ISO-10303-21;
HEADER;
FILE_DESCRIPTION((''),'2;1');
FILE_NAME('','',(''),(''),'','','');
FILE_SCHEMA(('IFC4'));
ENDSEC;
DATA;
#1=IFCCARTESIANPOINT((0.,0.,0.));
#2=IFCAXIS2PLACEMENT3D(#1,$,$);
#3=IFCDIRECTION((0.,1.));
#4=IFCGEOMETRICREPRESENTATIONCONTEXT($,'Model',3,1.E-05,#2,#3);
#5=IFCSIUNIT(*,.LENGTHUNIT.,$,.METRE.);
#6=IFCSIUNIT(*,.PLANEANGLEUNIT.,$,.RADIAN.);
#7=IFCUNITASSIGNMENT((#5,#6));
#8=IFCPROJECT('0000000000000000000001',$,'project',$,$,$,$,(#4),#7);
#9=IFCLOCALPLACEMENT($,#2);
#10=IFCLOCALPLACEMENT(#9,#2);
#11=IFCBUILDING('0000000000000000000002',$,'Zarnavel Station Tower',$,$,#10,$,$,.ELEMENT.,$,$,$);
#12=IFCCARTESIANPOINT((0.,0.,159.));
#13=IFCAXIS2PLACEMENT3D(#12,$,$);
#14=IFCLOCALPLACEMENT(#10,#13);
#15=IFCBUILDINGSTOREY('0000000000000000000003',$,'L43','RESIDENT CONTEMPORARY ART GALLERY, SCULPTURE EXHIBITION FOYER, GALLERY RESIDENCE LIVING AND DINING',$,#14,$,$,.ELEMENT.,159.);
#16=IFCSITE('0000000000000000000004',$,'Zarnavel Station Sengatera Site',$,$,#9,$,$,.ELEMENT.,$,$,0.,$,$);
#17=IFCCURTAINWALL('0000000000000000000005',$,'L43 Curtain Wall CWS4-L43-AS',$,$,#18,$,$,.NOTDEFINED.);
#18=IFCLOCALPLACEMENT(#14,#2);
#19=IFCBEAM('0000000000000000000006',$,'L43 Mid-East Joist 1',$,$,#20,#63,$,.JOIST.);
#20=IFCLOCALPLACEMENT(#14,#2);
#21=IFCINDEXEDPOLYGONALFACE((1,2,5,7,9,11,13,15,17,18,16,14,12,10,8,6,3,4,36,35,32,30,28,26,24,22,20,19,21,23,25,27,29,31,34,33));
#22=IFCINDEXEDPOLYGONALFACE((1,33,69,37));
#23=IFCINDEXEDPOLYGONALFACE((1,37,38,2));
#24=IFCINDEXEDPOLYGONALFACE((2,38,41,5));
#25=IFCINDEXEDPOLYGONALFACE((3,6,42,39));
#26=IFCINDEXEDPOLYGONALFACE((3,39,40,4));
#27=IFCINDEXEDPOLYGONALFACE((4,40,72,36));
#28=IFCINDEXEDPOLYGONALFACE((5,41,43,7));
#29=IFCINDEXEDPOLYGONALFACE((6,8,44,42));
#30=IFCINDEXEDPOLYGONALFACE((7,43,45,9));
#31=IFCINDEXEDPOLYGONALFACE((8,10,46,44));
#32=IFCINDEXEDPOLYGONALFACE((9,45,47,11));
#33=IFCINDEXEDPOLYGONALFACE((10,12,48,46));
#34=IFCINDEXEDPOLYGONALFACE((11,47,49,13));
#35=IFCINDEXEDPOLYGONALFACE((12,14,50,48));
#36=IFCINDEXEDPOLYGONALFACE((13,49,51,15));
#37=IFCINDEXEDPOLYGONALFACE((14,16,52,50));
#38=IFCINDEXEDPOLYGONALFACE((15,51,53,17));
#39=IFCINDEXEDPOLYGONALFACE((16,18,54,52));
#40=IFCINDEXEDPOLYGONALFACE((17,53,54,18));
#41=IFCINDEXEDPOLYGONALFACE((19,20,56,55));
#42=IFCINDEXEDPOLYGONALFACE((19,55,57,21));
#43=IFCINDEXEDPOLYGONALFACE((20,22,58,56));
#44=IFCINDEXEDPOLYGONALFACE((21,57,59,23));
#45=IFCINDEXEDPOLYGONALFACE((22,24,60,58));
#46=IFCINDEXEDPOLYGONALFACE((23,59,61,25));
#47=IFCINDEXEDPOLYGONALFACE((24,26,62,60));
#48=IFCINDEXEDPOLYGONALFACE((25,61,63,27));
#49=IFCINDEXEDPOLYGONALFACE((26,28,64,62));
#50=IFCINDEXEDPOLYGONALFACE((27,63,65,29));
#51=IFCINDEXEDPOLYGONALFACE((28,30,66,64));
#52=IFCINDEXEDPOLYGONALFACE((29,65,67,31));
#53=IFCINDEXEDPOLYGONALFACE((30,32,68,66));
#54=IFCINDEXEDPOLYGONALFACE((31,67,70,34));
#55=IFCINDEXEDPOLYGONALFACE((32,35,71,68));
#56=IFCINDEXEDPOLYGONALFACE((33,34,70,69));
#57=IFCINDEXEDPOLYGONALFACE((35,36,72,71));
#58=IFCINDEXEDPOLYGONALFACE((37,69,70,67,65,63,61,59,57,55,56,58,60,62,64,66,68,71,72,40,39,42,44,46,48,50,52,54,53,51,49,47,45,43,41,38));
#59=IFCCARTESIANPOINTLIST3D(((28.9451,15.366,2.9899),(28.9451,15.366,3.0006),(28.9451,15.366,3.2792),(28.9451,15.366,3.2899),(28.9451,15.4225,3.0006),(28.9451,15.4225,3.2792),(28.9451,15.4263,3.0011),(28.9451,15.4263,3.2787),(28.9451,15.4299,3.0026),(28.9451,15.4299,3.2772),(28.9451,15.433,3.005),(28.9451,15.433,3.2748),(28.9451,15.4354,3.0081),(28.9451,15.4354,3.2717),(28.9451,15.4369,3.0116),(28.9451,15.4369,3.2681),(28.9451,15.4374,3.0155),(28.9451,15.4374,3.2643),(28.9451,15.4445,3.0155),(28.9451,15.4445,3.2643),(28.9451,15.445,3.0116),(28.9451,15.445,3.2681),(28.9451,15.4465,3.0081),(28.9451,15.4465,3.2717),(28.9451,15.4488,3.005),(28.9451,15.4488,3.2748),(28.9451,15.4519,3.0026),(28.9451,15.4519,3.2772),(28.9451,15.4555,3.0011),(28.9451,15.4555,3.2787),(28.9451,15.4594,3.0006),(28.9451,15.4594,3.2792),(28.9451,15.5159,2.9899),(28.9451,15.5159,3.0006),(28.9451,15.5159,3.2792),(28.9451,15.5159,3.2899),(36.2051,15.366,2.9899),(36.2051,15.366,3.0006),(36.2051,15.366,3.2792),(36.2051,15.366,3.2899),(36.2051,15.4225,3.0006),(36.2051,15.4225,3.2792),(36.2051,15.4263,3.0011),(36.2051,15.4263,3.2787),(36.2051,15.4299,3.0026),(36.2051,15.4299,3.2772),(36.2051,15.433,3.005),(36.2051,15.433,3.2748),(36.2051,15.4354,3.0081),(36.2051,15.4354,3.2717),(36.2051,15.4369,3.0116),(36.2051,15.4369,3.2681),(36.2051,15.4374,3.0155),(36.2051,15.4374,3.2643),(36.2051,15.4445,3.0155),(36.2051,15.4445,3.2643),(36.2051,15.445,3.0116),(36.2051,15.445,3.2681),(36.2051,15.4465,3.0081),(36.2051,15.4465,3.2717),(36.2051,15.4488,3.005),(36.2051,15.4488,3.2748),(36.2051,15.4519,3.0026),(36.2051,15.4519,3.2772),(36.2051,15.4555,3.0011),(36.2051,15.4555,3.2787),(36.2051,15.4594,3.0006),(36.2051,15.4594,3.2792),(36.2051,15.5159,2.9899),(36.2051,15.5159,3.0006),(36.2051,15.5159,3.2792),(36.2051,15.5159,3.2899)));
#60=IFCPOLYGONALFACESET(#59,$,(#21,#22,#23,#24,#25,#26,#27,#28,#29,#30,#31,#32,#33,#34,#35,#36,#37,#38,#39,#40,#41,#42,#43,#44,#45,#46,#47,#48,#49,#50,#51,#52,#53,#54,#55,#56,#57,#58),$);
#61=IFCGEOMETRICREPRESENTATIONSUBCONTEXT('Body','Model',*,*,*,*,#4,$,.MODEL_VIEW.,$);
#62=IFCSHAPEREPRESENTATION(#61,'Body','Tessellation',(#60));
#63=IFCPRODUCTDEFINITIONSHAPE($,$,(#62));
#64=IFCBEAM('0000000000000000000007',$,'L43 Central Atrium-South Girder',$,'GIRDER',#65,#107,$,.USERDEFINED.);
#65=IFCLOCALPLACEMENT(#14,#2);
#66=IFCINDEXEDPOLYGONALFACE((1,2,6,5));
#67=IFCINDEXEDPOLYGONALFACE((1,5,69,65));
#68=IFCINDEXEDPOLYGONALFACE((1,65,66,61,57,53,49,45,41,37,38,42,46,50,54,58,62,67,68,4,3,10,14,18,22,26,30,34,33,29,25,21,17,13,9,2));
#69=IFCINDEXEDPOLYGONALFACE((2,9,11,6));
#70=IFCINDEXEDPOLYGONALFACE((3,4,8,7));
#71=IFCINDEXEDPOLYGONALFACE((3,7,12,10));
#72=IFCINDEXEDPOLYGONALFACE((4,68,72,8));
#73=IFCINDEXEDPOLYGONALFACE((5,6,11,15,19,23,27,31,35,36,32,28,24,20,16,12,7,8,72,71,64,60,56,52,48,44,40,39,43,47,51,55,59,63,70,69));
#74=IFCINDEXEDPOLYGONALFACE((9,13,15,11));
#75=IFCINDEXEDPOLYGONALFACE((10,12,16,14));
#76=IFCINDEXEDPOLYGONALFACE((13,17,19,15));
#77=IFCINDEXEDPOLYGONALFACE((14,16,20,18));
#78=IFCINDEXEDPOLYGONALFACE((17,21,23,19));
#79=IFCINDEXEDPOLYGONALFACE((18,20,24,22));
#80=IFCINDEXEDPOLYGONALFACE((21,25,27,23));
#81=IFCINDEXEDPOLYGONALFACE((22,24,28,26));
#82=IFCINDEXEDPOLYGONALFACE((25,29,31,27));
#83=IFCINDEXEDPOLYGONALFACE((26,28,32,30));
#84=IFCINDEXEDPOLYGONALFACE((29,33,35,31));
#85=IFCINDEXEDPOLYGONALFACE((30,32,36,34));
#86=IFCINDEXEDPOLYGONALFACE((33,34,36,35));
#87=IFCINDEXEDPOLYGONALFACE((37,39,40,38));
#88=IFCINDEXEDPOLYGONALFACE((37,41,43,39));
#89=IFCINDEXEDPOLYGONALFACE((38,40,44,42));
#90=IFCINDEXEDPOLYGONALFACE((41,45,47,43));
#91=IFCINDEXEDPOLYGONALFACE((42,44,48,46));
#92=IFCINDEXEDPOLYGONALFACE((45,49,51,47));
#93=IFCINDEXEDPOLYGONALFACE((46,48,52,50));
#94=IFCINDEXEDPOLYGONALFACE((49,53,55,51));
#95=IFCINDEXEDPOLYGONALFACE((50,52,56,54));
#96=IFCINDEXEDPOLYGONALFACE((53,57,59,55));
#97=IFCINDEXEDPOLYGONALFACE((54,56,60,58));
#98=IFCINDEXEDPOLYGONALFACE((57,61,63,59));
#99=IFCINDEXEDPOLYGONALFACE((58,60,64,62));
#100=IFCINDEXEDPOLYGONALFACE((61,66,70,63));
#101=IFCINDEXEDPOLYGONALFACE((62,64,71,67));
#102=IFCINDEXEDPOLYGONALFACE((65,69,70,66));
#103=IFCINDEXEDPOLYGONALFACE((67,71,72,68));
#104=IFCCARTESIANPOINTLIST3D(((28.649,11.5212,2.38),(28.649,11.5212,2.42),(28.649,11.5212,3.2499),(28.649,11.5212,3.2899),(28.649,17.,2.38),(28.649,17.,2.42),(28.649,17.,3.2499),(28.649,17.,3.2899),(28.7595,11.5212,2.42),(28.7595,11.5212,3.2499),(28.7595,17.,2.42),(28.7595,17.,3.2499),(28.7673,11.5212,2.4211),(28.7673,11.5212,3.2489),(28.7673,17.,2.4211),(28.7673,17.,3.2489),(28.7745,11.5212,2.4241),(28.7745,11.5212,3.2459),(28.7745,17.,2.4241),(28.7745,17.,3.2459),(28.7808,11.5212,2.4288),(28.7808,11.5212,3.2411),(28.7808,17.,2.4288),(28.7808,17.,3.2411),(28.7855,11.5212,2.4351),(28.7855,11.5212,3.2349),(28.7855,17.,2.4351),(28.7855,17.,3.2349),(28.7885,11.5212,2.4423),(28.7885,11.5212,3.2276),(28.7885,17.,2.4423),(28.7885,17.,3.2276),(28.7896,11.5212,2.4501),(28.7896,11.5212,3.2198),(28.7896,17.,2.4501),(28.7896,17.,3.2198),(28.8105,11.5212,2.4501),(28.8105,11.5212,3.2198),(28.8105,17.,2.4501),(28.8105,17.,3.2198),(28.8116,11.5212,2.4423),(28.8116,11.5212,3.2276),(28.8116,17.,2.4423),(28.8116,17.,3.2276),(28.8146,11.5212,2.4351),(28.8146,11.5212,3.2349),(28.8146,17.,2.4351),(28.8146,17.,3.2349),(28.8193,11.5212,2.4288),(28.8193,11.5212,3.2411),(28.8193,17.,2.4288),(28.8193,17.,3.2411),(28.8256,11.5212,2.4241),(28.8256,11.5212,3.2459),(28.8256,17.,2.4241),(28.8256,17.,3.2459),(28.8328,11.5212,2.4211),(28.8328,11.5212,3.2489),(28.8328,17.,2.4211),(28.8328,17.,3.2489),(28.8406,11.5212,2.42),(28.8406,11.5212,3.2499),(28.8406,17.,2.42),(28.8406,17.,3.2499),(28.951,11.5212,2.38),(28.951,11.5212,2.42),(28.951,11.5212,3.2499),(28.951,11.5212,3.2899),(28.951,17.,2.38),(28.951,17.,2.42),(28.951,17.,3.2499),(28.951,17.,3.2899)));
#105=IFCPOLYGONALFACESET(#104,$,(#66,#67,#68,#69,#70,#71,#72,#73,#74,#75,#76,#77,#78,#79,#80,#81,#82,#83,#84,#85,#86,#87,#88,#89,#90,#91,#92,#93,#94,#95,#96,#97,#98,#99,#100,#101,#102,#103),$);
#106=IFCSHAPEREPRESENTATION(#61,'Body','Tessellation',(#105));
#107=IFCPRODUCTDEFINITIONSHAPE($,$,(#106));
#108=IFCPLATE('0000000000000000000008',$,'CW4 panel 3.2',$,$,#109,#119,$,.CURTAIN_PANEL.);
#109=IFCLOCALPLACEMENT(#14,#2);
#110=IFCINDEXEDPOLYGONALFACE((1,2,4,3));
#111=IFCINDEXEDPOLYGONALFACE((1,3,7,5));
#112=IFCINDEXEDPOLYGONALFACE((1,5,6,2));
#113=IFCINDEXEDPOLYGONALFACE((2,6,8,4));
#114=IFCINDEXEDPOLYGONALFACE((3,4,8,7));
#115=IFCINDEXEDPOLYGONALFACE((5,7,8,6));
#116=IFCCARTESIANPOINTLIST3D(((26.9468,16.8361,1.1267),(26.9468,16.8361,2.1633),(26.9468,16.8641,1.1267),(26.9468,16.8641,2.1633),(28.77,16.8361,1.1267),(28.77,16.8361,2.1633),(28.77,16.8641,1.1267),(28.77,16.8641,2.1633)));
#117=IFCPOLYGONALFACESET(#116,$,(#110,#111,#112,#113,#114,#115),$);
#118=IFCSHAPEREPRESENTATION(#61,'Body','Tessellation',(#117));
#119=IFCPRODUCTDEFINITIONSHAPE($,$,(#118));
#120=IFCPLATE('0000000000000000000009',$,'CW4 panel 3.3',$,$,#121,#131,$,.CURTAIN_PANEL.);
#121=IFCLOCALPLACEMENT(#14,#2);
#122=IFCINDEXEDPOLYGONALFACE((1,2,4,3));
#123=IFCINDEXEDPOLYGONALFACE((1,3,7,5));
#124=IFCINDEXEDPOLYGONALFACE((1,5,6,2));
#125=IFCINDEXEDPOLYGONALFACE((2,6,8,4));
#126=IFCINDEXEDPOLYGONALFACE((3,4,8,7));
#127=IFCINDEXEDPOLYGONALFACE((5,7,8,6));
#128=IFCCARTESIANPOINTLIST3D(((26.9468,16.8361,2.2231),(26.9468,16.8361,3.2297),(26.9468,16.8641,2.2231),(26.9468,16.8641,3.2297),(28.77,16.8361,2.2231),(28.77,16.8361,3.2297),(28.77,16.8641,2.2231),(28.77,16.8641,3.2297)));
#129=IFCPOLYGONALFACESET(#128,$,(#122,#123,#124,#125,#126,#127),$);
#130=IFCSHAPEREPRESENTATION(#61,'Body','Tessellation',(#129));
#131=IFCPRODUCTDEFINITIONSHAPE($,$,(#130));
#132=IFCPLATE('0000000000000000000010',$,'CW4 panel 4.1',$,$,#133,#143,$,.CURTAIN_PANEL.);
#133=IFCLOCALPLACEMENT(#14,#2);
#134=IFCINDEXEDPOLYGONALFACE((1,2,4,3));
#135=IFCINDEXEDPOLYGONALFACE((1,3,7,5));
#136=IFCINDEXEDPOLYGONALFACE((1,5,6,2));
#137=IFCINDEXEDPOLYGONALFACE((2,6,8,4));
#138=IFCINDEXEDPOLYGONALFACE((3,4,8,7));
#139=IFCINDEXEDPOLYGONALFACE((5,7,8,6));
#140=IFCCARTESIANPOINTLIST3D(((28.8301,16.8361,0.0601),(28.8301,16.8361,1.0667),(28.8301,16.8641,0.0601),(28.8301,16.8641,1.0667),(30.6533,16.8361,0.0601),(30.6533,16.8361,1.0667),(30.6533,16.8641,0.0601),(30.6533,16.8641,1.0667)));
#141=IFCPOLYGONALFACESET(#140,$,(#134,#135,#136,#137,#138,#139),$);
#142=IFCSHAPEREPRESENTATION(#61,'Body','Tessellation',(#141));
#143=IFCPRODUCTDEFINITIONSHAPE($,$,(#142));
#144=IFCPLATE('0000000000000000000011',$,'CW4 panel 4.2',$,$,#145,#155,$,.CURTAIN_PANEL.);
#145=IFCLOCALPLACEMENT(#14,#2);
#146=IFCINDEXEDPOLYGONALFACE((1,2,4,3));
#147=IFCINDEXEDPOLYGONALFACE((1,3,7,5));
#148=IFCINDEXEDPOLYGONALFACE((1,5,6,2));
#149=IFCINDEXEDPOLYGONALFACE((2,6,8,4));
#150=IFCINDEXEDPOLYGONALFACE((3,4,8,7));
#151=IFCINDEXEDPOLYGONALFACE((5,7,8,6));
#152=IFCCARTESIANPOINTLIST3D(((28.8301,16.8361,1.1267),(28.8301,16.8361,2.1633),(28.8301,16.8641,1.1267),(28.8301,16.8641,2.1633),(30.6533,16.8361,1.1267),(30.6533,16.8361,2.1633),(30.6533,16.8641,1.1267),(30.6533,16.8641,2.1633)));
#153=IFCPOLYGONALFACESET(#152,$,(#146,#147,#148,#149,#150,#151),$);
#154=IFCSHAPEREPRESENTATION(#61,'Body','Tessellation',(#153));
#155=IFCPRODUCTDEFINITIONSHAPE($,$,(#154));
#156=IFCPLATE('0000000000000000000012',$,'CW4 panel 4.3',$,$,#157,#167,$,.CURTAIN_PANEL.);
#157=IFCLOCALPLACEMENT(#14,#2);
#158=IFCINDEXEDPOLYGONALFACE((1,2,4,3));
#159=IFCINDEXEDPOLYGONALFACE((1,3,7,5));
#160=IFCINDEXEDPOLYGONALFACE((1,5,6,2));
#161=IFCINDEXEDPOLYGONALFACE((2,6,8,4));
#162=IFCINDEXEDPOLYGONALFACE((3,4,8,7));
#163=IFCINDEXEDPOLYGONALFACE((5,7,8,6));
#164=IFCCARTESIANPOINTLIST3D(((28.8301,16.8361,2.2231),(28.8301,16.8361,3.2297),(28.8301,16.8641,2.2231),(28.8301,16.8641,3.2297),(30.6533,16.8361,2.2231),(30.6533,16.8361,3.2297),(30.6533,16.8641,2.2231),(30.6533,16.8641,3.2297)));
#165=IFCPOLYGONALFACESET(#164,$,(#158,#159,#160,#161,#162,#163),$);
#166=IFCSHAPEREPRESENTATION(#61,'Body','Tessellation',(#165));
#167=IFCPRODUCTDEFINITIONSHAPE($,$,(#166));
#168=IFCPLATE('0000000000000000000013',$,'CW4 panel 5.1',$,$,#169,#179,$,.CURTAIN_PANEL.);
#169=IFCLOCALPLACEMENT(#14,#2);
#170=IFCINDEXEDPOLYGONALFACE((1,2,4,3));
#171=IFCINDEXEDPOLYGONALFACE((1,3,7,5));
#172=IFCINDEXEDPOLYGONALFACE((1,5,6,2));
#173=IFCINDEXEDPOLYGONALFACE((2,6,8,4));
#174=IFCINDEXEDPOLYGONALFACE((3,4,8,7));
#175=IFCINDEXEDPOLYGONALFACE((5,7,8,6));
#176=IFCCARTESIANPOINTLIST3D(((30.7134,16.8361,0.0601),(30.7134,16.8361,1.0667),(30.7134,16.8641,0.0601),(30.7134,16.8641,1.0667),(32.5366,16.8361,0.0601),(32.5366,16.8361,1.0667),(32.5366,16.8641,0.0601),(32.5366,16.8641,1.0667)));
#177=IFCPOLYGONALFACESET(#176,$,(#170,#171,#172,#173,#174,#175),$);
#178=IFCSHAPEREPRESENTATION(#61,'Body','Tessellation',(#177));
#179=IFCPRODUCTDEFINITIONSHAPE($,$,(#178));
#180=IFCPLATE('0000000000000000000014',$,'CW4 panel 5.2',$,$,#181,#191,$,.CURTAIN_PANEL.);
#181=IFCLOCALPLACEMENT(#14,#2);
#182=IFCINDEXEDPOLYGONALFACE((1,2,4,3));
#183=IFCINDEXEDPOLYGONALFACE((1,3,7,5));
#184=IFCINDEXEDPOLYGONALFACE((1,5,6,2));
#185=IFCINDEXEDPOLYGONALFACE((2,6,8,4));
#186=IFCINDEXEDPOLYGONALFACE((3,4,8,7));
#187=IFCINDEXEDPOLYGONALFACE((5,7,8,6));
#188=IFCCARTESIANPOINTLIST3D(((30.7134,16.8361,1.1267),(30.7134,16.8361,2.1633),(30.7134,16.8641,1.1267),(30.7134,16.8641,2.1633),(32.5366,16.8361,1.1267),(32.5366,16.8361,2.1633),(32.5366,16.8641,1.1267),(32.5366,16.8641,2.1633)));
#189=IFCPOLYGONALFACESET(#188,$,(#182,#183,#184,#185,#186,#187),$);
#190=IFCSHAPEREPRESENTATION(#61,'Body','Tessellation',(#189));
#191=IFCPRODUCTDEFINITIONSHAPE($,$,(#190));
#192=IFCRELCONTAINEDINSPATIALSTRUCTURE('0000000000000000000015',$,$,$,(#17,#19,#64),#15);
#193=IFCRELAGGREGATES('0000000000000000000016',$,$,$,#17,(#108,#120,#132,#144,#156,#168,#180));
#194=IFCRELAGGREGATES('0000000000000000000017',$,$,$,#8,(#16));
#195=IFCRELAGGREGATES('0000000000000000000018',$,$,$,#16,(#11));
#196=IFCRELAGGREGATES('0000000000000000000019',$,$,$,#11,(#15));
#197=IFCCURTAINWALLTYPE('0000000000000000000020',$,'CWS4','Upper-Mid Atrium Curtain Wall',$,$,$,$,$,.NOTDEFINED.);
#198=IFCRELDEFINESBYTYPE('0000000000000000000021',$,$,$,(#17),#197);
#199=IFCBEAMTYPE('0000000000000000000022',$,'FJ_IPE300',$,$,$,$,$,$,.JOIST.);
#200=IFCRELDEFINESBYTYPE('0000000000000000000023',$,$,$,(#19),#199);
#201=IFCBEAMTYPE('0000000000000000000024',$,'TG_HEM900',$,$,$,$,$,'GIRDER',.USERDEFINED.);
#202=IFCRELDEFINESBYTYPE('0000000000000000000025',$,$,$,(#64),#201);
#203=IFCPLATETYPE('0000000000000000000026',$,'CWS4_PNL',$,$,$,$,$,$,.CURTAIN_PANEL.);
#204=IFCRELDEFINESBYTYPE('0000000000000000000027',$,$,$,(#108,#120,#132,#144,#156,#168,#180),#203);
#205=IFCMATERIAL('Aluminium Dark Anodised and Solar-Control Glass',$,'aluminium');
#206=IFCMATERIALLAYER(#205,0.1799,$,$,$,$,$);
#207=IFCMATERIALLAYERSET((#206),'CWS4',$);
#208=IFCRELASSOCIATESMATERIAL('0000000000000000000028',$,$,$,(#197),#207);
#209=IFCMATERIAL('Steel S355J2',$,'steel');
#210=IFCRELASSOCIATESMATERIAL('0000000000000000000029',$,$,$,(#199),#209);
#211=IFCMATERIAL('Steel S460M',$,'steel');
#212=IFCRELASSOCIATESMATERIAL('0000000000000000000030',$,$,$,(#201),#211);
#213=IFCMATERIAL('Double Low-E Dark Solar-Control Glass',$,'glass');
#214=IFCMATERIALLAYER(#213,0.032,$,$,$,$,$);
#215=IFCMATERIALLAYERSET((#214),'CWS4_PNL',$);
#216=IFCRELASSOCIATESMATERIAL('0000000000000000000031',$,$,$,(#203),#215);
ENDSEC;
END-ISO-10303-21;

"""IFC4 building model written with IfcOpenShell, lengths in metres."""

from ifc_helpers import new_model, si_unit, direction, frame, origin, origin_2d, place, context, subcontext, project, spatial, rectangle, i_section, extrude, material, layer, layer_set, material_profile, profile_set, type_object, element, aggregate, save


model = new_model("IFC4")

# Units and contexts
model_context = context("Model", 3, precision=1e-05, world=origin(), true_north=direction((0.0, 1.0)))
body_context = subcontext(model_context, "Body", "Model", "MODEL_VIEW")
ifc_project = project(units=[si_unit("LENGTHUNIT", "METRE"), si_unit("PLANEANGLEUNIT", "RADIAN")], contexts=[model_context])

# Site, building, storey
site_placement = place(None, origin())
site = spatial("IfcSite", under=ifc_project, at=site_placement, Name="Zarnavel Station Sengatera Site", CompositionType="ELEMENT", RefElevation=0.0)
building_placement = place(site_placement, origin())
building = spatial("IfcBuilding", under=site, at=building_placement, Name="Zarnavel Station Tower", CompositionType="ELEMENT")
storey_placement = place(building_placement, frame((0.0, 0.0, 159.0)))
storey = spatial("IfcBuildingStorey", under=building, at=storey_placement, Name="L43", Description="RESIDENT CONTEMPORARY ART GALLERY, SCULPTURE EXHIBITION FOYER, GALLERY RESIDENCE LIVING AND DINING", CompositionType="ELEMENT", Elevation=159.0)

# Curtain wall
ifc_material_1 = material(Name="Aluminium Dark Anodised and Solar-Control Glass", Category="aluminium")
ifc_layer_1 = layer(ifc_material_1, 0.1799)
ifc_layer_set_1 = layer_set([ifc_layer_1], Name="CWS4")
curtain_wall_type = type_object("IfcCurtainWallType", Name="CWS4", Description="Upper-Mid Atrium Curtain Wall", PredefinedType="NOTDEFINED", material=ifc_layer_set_1)
curtain_wall_placement = place(storey_placement, origin())
curtain_wall = element("IfcCurtainWall", 1, at=curtain_wall_placement, inside=storey, type_object=curtain_wall_type, Name="L43 Curtain Wall CWS4-L43-AS", PredefinedType="NOTDEFINED")

# Beams
ifc_material_2 = material(Name="Steel S355J2", Category="steel")
ifc_material_profile_1 = material_profile(ifc_material_2, i_section(OverallWidth=0.1499, OverallDepth=0.3, WebThickness=0.0071, FlangeThickness=0.0107, FilletRadius=0.0149, at=origin_2d()), Name="IPE300")
ifc_profile_set_1 = profile_set([ifc_material_profile_1], Name="Steel S355J2")
beam_type_1 = type_object("IfcBeamType", Name="FJ_IPE300", PredefinedType="JOIST", material=ifc_profile_set_1)
beam_1_placement = place(storey_placement, frame((28.9451, 15.4409, 3.1399), z_axis=(1.0, 0.0, 0.0), x_axis=(0.0, 1.0, 0.0)))
element("IfcBeam", 2, at=beam_1_placement, inside=storey, type_object=beam_type_1, Name="L43 Mid-East Joist 1", PredefinedType="JOIST", context=body_context, shape_type="SweptSolid", body=[
    extrude(i_section(OverallWidth=0.1499, OverallDepth=0.3, WebThickness=0.0071, FlangeThickness=0.0107, FilletRadius=0.0149, at=origin_2d()), origin(), (0.0, 0.0, 1.0), 7.26),
])
ifc_material_3 = material(Name="Steel S460M", Category="steel")
ifc_material_profile_2 = material_profile(ifc_material_3, i_section(OverallWidth=0.302, OverallDepth=0.9099, WebThickness=0.021, FlangeThickness=0.04, FilletRadius=0.03, at=origin_2d()), Name="HEM900")
ifc_profile_set_2 = profile_set([ifc_material_profile_2], Name="Steel S460M")
beam_type_2 = type_object("IfcBeamType", Name="TG_HEM900", ElementType="GIRDER", PredefinedType="USERDEFINED", material=ifc_profile_set_2)
beam_2_placement = place(storey_placement, frame((28.8, 11.5212, 2.835), z_axis=(0.0, 1.0, 0.0), x_axis=(-1.0, 0.0, 0.0)))
element("IfcBeam", 3, at=beam_2_placement, inside=storey, type_object=beam_type_2, Name="L43 Central Atrium-South Girder", ObjectType="GIRDER", PredefinedType="USERDEFINED", context=body_context, shape_type="SweptSolid", body=[
    extrude(i_section(OverallWidth=0.302, OverallDepth=0.9099, WebThickness=0.021, FlangeThickness=0.04, FilletRadius=0.03, at=origin_2d()), origin(), (0.0, 0.0, 1.0), 5.4788),
])

# Plates
ifc_material_4 = material(Name="Double Low-E Dark Solar-Control Glass", Category="glass")
ifc_layer_2 = layer(ifc_material_4, 0.032)
ifc_layer_set_2 = layer_set([ifc_layer_2], Name="CWS4_PNL")
plate_type = type_object("IfcPlateType", Name="CWS4_PNL", PredefinedType="CURTAIN_PANEL", material=ifc_layer_set_2)
plate_1_placement = place(storey_placement, frame((27.8584, 16.8501, 1.1267), z_axis=(0.0, 0.0, 1.0), x_axis=(1.0, 0.0, 0.0)))
plate_1 = element("IfcPlate", 4, at=plate_1_placement, type_object=plate_type, Name="CW4 panel 3.2", PredefinedType="CURTAIN_PANEL", context=body_context, shape_type="SweptSolid", body=[
    extrude(rectangle(XDim=1.8232, YDim=0.0281, at=origin_2d()), origin(), (0.0, 0.0, 1.0), 1.0366),
])
plate_2_placement = place(storey_placement, frame((27.8584, 16.8501, 2.2231), z_axis=(0.0, 0.0, 1.0), x_axis=(1.0, 0.0, 0.0)))
plate_2 = element("IfcPlate", 5, at=plate_2_placement, type_object=plate_type, Name="CW4 panel 3.3", PredefinedType="CURTAIN_PANEL", context=body_context, shape_type="SweptSolid", body=[
    extrude(rectangle(XDim=1.8232, YDim=0.0281, at=origin_2d()), origin(), (0.0, 0.0, 1.0), 1.0066),
])
plate_3_placement = place(storey_placement, frame((29.7417, 16.8501, 0.0601), z_axis=(0.0, 0.0, 1.0), x_axis=(1.0, 0.0, 0.0)))
plate_3 = element("IfcPlate", 6, at=plate_3_placement, type_object=plate_type, Name="CW4 panel 4.1", PredefinedType="CURTAIN_PANEL", context=body_context, shape_type="SweptSolid", body=[
    extrude(rectangle(XDim=1.8232, YDim=0.0281, at=origin_2d()), origin(), (0.0, 0.0, 1.0), 1.0066),
])
plate_4_placement = place(storey_placement, frame((29.7417, 16.8501, 1.1267), z_axis=(0.0, 0.0, 1.0), x_axis=(1.0, 0.0, 0.0)))
plate_4 = element("IfcPlate", 7, at=plate_4_placement, type_object=plate_type, Name="CW4 panel 4.2", PredefinedType="CURTAIN_PANEL", context=body_context, shape_type="SweptSolid", body=[
    extrude(rectangle(XDim=1.8232, YDim=0.0281, at=origin_2d()), origin(), (0.0, 0.0, 1.0), 1.0366),
])
plate_5_placement = place(storey_placement, frame((29.7417, 16.8501, 2.2231), z_axis=(0.0, 0.0, 1.0), x_axis=(1.0, 0.0, 0.0)))
plate_5 = element("IfcPlate", 8, at=plate_5_placement, type_object=plate_type, Name="CW4 panel 4.3", PredefinedType="CURTAIN_PANEL", context=body_context, shape_type="SweptSolid", body=[
    extrude(rectangle(XDim=1.8232, YDim=0.0281, at=origin_2d()), origin(), (0.0, 0.0, 1.0), 1.0066),
])
plate_6_placement = place(storey_placement, frame((31.625, 16.8501, 0.0601), z_axis=(0.0, 0.0, 1.0), x_axis=(1.0, 0.0, 0.0)))
plate_6 = element("IfcPlate", 9, at=plate_6_placement, type_object=plate_type, Name="CW4 panel 5.1", PredefinedType="CURTAIN_PANEL", context=body_context, shape_type="SweptSolid", body=[
    extrude(rectangle(XDim=1.8232, YDim=0.0281, at=origin_2d()), origin(), (0.0, 0.0, 1.0), 1.0066),
])
plate_7_placement = place(storey_placement, frame((31.625, 16.8501, 1.1267), z_axis=(0.0, 0.0, 1.0), x_axis=(1.0, 0.0, 0.0)))
plate_7 = element("IfcPlate", 10, at=plate_7_placement, type_object=plate_type, Name="CW4 panel 5.2", PredefinedType="CURTAIN_PANEL", context=body_context, shape_type="SweptSolid", body=[
    extrude(rectangle(XDim=1.8232, YDim=0.0281, at=origin_2d()), origin(), (0.0, 0.0, 1.0), 1.0366),
])
aggregate(curtain_wall, [plate_1, plate_2, plate_3, plate_4, plate_5, plate_6, plate_7])

save(model, "model.ifc")
